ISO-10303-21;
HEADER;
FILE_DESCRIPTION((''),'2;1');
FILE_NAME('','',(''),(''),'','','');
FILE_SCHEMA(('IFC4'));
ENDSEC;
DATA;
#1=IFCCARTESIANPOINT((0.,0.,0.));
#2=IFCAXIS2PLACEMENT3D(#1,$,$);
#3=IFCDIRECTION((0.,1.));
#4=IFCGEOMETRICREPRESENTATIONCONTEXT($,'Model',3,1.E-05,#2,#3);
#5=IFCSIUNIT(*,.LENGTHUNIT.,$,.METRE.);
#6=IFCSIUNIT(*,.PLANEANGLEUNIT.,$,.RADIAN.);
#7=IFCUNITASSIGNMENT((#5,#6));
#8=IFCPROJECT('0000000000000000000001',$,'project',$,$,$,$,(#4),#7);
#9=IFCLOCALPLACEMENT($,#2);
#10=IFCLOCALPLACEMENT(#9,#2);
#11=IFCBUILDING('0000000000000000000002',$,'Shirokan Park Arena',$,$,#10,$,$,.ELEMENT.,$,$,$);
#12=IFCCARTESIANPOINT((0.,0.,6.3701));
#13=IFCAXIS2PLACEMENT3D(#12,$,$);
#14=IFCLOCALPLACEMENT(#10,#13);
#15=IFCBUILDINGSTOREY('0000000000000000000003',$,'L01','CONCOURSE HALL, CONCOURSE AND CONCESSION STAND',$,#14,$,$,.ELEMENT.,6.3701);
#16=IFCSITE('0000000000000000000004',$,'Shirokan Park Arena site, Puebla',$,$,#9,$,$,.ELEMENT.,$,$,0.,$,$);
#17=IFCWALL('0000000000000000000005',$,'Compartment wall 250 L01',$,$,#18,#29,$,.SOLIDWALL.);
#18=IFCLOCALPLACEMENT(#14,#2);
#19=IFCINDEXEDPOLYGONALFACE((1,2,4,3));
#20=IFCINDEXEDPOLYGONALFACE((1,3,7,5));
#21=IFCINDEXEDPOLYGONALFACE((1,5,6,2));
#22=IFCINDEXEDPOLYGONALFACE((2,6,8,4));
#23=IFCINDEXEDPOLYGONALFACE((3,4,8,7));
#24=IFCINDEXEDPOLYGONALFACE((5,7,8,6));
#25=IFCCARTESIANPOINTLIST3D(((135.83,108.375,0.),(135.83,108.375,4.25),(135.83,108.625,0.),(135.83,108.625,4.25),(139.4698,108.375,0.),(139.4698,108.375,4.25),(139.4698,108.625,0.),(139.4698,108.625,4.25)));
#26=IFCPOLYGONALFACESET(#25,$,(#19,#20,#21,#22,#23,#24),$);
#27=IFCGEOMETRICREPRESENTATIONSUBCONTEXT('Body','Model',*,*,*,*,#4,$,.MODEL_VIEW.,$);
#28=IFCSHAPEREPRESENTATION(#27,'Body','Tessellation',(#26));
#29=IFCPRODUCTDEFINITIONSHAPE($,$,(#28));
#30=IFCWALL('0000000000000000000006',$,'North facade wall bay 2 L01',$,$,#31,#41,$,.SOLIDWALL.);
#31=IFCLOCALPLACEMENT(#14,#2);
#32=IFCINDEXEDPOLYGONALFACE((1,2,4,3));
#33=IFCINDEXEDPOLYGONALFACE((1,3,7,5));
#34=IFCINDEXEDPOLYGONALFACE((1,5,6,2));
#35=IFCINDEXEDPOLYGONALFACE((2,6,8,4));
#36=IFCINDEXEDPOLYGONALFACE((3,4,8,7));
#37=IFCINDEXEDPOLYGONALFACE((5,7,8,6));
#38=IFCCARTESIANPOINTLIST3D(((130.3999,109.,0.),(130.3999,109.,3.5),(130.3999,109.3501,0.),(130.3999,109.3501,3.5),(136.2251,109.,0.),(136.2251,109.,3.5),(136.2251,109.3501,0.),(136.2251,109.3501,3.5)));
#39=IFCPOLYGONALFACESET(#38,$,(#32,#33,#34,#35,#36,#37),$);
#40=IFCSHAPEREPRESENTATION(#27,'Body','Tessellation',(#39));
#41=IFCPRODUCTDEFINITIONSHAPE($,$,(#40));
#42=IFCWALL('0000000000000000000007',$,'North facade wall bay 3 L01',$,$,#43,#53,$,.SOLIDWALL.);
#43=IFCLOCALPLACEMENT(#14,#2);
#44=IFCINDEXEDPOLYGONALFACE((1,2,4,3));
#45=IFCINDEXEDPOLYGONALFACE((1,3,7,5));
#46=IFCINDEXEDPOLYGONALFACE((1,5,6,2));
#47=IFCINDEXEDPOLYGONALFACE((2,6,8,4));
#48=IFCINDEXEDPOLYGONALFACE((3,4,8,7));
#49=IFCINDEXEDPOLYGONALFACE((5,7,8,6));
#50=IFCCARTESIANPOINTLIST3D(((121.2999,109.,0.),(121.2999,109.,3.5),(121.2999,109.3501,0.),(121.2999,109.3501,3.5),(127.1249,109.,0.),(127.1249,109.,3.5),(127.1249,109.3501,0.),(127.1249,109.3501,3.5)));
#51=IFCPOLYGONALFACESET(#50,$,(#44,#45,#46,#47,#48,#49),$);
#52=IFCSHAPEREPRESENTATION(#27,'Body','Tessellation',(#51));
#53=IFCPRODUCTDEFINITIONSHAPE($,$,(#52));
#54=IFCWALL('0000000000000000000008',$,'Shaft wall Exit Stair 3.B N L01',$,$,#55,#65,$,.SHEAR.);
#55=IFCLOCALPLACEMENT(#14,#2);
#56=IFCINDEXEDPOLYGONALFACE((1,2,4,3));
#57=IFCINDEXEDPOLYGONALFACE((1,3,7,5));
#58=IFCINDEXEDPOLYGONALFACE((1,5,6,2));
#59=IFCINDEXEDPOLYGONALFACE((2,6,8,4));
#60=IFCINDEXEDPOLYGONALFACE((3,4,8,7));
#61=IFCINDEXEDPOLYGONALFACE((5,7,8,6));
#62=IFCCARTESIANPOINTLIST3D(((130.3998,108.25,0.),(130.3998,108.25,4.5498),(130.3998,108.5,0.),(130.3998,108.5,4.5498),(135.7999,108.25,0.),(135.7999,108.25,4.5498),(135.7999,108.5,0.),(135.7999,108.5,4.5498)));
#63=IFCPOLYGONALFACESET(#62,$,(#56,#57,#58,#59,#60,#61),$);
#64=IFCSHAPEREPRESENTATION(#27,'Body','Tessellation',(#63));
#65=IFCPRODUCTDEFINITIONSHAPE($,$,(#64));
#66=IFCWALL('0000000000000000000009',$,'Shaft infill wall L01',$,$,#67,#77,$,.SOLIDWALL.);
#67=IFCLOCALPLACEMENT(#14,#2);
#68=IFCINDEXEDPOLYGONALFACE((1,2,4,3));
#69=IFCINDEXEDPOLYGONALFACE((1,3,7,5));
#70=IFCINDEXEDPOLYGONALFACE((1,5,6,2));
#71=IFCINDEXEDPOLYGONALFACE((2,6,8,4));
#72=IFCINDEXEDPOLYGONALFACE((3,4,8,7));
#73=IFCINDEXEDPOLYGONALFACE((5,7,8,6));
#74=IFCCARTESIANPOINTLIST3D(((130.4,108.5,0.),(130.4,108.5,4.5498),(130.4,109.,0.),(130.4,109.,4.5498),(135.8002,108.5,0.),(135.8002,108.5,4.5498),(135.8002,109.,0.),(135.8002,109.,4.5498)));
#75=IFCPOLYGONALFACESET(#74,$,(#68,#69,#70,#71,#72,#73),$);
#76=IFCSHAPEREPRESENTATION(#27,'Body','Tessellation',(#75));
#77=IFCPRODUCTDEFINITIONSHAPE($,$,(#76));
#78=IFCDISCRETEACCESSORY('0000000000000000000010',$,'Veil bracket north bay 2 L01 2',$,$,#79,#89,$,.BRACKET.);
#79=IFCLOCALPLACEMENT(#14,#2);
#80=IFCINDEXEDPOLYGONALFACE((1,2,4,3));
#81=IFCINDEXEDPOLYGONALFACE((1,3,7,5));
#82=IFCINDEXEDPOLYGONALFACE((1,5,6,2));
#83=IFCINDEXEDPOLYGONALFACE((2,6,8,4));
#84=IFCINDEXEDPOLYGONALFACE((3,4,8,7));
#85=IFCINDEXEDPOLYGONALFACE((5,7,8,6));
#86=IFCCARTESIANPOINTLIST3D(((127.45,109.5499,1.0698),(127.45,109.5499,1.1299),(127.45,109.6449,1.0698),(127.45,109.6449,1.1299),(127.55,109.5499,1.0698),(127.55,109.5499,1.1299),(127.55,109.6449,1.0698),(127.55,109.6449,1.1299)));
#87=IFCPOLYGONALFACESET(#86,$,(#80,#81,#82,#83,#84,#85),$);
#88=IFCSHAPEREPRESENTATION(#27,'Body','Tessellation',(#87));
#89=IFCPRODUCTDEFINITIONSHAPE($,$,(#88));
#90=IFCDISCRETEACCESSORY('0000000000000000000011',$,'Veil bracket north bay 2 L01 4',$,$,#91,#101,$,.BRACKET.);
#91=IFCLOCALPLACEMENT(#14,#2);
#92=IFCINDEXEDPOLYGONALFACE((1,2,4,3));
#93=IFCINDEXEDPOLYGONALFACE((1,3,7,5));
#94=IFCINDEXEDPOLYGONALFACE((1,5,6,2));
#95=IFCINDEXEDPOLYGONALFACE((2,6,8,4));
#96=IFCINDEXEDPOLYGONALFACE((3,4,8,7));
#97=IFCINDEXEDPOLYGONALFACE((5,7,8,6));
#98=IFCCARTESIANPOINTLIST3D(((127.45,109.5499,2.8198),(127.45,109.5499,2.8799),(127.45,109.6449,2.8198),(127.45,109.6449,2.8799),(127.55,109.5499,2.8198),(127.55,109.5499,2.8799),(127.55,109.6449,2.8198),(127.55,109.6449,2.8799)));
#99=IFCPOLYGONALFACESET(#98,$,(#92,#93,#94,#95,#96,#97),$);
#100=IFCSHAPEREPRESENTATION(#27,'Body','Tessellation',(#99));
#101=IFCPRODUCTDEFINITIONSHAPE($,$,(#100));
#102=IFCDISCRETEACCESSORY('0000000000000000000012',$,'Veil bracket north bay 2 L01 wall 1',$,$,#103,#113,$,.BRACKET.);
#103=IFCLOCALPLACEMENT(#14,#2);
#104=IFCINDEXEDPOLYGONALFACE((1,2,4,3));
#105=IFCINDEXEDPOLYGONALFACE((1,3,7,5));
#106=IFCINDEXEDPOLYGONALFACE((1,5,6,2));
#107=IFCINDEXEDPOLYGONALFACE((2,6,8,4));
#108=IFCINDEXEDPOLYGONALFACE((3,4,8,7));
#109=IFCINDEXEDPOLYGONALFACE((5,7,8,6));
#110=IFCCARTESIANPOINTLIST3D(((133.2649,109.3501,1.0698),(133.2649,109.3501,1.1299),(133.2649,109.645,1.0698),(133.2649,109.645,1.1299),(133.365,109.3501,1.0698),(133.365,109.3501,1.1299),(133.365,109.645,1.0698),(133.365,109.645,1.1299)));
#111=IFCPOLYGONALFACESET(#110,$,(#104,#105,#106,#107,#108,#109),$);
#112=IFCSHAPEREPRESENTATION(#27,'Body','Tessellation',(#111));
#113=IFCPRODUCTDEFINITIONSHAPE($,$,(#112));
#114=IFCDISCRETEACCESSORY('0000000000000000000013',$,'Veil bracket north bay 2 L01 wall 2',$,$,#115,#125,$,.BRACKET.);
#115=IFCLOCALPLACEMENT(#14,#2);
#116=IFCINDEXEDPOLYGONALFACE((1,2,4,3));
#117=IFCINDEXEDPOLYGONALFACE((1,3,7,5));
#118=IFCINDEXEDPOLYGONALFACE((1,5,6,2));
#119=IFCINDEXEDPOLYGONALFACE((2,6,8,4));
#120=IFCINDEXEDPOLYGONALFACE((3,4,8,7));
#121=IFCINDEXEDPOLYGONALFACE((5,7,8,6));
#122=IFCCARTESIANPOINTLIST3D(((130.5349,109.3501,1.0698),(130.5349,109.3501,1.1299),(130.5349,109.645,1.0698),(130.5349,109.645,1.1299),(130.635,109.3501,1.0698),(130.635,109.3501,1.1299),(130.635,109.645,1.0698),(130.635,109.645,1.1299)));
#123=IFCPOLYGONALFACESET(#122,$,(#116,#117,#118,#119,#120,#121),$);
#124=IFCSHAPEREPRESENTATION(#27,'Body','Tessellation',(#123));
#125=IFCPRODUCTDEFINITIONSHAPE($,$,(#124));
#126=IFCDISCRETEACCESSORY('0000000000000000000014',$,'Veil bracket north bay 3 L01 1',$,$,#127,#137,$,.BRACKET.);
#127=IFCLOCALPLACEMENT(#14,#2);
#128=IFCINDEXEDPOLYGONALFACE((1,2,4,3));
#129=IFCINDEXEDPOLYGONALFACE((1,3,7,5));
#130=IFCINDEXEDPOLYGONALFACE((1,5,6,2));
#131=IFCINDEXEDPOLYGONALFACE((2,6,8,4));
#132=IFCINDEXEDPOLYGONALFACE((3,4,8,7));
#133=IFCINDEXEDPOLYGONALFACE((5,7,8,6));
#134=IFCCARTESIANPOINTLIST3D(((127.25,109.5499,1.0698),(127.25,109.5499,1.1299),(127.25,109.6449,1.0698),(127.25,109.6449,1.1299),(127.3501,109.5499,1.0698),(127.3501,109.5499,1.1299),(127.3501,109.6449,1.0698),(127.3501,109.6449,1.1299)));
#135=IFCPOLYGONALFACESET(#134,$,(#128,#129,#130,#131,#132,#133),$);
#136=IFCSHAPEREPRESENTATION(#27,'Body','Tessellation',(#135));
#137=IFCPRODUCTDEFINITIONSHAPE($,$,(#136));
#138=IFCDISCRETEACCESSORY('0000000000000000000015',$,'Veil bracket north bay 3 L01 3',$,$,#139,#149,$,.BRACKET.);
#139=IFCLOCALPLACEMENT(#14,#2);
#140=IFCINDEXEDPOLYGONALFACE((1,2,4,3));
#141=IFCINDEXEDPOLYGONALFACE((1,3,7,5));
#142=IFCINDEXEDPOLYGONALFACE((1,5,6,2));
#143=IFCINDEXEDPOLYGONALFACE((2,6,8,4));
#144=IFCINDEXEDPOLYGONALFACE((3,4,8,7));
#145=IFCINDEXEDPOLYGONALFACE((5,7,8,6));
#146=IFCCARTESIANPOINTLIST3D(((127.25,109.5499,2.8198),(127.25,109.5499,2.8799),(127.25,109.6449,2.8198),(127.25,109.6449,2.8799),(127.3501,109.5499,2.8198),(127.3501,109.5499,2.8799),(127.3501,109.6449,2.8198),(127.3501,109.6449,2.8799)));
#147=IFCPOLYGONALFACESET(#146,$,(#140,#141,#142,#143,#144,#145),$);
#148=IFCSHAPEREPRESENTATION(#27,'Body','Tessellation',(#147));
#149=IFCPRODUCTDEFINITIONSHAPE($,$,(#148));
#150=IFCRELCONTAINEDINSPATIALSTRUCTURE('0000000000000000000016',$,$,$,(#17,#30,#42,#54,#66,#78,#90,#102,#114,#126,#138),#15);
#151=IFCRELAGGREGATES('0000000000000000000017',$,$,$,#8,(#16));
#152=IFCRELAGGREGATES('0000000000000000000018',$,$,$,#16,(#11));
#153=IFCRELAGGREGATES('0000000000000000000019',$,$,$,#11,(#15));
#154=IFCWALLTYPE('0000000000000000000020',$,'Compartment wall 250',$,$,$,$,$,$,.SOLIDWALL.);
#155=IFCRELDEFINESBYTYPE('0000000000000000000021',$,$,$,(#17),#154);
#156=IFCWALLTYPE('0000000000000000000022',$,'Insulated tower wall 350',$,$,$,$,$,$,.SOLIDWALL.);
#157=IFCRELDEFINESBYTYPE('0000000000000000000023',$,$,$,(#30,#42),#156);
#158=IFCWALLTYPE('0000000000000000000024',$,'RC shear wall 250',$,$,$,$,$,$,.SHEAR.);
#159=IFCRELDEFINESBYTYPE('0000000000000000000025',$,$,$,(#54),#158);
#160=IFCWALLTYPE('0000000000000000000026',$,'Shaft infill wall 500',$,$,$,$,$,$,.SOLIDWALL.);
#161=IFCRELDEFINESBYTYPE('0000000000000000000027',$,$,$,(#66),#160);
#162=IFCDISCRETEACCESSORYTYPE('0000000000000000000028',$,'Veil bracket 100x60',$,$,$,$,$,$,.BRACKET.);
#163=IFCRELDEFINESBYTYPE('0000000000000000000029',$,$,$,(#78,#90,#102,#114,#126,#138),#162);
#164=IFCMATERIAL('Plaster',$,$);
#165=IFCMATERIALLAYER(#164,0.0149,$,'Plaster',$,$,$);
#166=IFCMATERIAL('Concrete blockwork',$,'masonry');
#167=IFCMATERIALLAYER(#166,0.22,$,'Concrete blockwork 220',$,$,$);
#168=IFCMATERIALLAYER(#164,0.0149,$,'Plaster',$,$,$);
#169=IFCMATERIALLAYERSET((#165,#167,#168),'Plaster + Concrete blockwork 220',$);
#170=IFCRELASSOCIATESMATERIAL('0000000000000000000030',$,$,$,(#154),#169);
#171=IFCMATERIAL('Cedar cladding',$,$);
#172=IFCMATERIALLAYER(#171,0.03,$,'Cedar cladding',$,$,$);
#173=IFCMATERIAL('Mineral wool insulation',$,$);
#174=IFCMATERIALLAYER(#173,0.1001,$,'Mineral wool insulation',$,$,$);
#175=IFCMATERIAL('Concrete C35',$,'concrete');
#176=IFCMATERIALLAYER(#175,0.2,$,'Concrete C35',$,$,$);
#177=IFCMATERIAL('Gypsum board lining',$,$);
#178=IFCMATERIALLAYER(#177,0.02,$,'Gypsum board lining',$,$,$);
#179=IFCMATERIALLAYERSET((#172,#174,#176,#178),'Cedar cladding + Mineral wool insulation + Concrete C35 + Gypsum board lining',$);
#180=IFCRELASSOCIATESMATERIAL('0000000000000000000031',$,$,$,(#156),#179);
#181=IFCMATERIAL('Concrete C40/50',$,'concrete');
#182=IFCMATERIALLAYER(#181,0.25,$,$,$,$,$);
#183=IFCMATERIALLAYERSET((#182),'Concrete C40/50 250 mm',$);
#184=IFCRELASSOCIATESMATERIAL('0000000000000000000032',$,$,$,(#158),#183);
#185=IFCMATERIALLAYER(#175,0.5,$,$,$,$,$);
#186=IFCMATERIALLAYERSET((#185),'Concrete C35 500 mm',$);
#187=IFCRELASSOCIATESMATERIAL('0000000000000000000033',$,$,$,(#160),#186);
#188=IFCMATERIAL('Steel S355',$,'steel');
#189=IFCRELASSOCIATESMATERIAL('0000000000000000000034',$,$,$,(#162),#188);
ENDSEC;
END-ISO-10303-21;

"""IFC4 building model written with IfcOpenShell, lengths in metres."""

from ifc_helpers import new_model, si_unit, direction, frame, frame_2d, origin, origin_2d, place, context, subcontext, project, spatial, rectangle, extrude, material, layer, layer_set, type_object, element, save


model = new_model("IFC4")

# Units and contexts
model_context = context("Model", 3, precision=1e-05, world=origin(), true_north=direction((0.0, 1.0)))
body_context = subcontext(model_context, "Body", "Model", "MODEL_VIEW")
ifc_project = project(units=[si_unit("LENGTHUNIT", "METRE"), si_unit("PLANEANGLEUNIT", "RADIAN")], contexts=[model_context])

# Site, building, storey
site_placement = place(None, origin())
site = spatial("IfcSite", under=ifc_project, at=site_placement, Name="Shirokan Park Arena site, Puebla", CompositionType="ELEMENT", RefElevation=0.0)
building_placement = place(site_placement, origin())
building = spatial("IfcBuilding", under=site, at=building_placement, Name="Shirokan Park Arena", CompositionType="ELEMENT")
storey_placement = place(building_placement, frame((0.0, 0.0, 6.3701)))
storey = spatial("IfcBuildingStorey", under=building, at=storey_placement, Name="L01", Description="CONCOURSE HALL, CONCOURSE AND CONCESSION STAND", CompositionType="ELEMENT", Elevation=6.3701)

# Shared definitions
ifc_material_1 = material(Name="Concrete C35", Category="concrete")

# Shared definitions
ifc_material_2 = material(Name="Steel S355", Category="steel")

# Shared definitions
ifc_material_3 = material(Name="Mineral wool insulation")

# Walls
ifc_material_4 = material(Name="Plaster")
ifc_layer_1 = layer(ifc_material_4, 0.0149, Name="Plaster")
ifc_material_5 = material(Name="Concrete blockwork", Category="masonry")
ifc_layer_2 = layer(ifc_material_5, 0.22, Name="Concrete blockwork 220")
ifc_layer_3 = layer(ifc_material_4, 0.0149, Name="Plaster")
ifc_layer_set_1 = layer_set([ifc_layer_1, ifc_layer_2, ifc_layer_3], Name="Plaster + Concrete blockwork 220")
wall_type_1 = type_object("IfcWallType", Name="Compartment wall 250", PredefinedType="SOLIDWALL", material=ifc_layer_set_1)
wall_1_placement = place(storey_placement, frame((135.8301, 108.5, 0.0), z_axis=(0.0, 0.0, 1.0), x_axis=(1.0, 0.0, 0.0)))
element("IfcWall", 1, at=wall_1_placement, inside=storey, type_object=wall_type_1, Name="Compartment wall 250 L01", PredefinedType="SOLIDWALL", context=body_context, shape_type="SweptSolid", body=[
    extrude(rectangle(XDim=3.6399, YDim=0.25, at=frame_2d((1.8198, 0.0))), origin(), (0.0, 0.0, 1.0), 4.25),
])
ifc_material_6 = material(Name="Cedar cladding")
ifc_layer_4 = layer(ifc_material_6, 0.03, Name="Cedar cladding")
ifc_layer_5 = layer(ifc_material_3, 0.1001, Name="Mineral wool insulation")
ifc_layer_6 = layer(ifc_material_1, 0.2, Name="Concrete C35")
ifc_material_7 = material(Name="Gypsum board lining")
ifc_layer_7 = layer(ifc_material_7, 0.02, Name="Gypsum board lining")
ifc_layer_set_2 = layer_set([ifc_layer_4, ifc_layer_5, ifc_layer_6, ifc_layer_7], Name="Cedar cladding + Mineral wool insulation + Concrete C35 + Gypsum board lining")
wall_type_2 = type_object("IfcWallType", Name="Insulated tower wall 350", PredefinedType="SOLIDWALL", material=ifc_layer_set_2)
wall_2_placement = place(storey_placement, frame((136.2251, 109.175, 0.0), z_axis=(0.0, 0.0, 1.0), x_axis=(-1.0, 0.0, 0.0)))
element("IfcWall", 2, at=wall_2_placement, inside=storey, type_object=wall_type_2, Name="North facade wall bay 2 L01", PredefinedType="SOLIDWALL", context=body_context, shape_type="SweptSolid", body=[
    extrude(rectangle(XDim=5.8252, YDim=0.3501, at=frame_2d((2.9126, 0.0))), origin(), (0.0, 0.0, 1.0), 3.5),
])
wall_3_placement = place(storey_placement, frame((127.125, 109.175, 0.0), z_axis=(0.0, 0.0, 1.0), x_axis=(-1.0, 0.0, 0.0)))
element("IfcWall", 3, at=wall_3_placement, inside=storey, type_object=wall_type_2, Name="North facade wall bay 3 L01", PredefinedType="SOLIDWALL", context=body_context, shape_type="SweptSolid", body=[
    extrude(rectangle(XDim=5.825, YDim=0.3501, at=frame_2d((2.9126, 0.0))), origin(), (0.0, 0.0, 1.0), 3.5),
])
ifc_material_8 = material(Name="Concrete C40/50", Category="concrete")
ifc_layer_8 = layer(ifc_material_8, 0.25)
ifc_layer_set_3 = layer_set([ifc_layer_8], Name="Concrete C40/50 250 mm")
wall_type_3 = type_object("IfcWallType", Name="RC shear wall 250", PredefinedType="SHEAR", material=ifc_layer_set_3)
wall_4_placement = place(storey_placement, frame((135.8, 108.375, 0.0), z_axis=(0.0, 0.0, 1.0), x_axis=(-1.0, 0.0, 0.0)))
element("IfcWall", 4, at=wall_4_placement, inside=storey, type_object=wall_type_3, Name="Shaft wall Exit Stair 3.B N L01", PredefinedType="SHEAR", context=body_context, shape_type="SweptSolid", body=[
    extrude(rectangle(XDim=5.4001, YDim=0.25, at=frame_2d((2.7002, 0.0))), origin(), (0.0, 0.0, 1.0), 4.5498),
])
ifc_layer_9 = layer(ifc_material_1, 0.5)
ifc_layer_set_4 = layer_set([ifc_layer_9], Name="Concrete C35 500 mm")
wall_type_4 = type_object("IfcWallType", Name="Shaft infill wall 500", PredefinedType="SOLIDWALL", material=ifc_layer_set_4)
wall_5_placement = place(storey_placement, frame((130.3999, 108.75, 0.0), z_axis=(0.0, 0.0, 1.0), x_axis=(1.0, 0.0, 0.0)))
element("IfcWall", 5, at=wall_5_placement, inside=storey, type_object=wall_type_4, Name="Shaft infill wall L01", PredefinedType="SOLIDWALL", context=body_context, shape_type="SweptSolid", body=[
    extrude(rectangle(XDim=5.4001, YDim=0.5, at=frame_2d((2.7002, 0.0))), origin(), (0.0, 0.0, 1.0), 4.5498),
])

# Discrete accessories
discrete_accessory_type = type_object("IfcDiscreteAccessoryType", Name="Veil bracket 100x60", PredefinedType="BRACKET", material=ifc_material_2)
for number, where, z_axis, x_axis, name in (
    (6, (127.5, 109.5974, 1.0698), (0.0, 0.0, 1.0), (-1.0, 0.0, 0.0), "Veil bracket north bay 2 L01 2"),
    (7, (127.5, 109.5974, 2.8198), (0.0, 0.0, 1.0), (-1.0, 0.0, 0.0), "Veil bracket north bay 2 L01 4"),
):
    element("IfcDiscreteAccessory", number, at=place(storey_placement, frame(where, z_axis=z_axis, x_axis=x_axis)), inside=storey, type_object=discrete_accessory_type, Name=name, PredefinedType="BRACKET", context=body_context, shape_type="SweptSolid", body=[
        extrude(rectangle(XDim=0.1001, YDim=0.095, at=origin_2d()), origin(), (0.0, 0.0, 1.0), 0.0601),
    ])
for number, where, z_axis, x_axis, name in (
    (8, (133.3149, 109.4976, 1.0698), (0.0, 0.0, 1.0), (-1.0, 0.0, 0.0), "Veil bracket north bay 2 L01 wall 1"),
    (9, (130.585, 109.4976, 1.0698), (0.0, 0.0, 1.0), (-1.0, 0.0, 0.0), "Veil bracket north bay 2 L01 wall 2"),
):
    element("IfcDiscreteAccessory", number, at=place(storey_placement, frame(where, z_axis=z_axis, x_axis=x_axis)), inside=storey, type_object=discrete_accessory_type, Name=name, PredefinedType="BRACKET", context=body_context, shape_type="SweptSolid", body=[
        extrude(rectangle(XDim=0.1001, YDim=0.2949, at=origin_2d()), origin(), (0.0, 0.0, 1.0), 0.0601),
    ])
for number, where, z_axis, x_axis, name in (
    (10, (127.3, 109.5974, 1.0698), (0.0, 0.0, 1.0), (-1.0, 0.0, 0.0), "Veil bracket north bay 3 L01 1"),
    (11, (127.3, 109.5974, 2.8198), (0.0, 0.0, 1.0), (-1.0, 0.0, 0.0), "Veil bracket north bay 3 L01 3"),
):
    element("IfcDiscreteAccessory", number, at=place(storey_placement, frame(where, z_axis=z_axis, x_axis=x_axis)), inside=storey, type_object=discrete_accessory_type, Name=name, PredefinedType="BRACKET", context=body_context, shape_type="SweptSolid", body=[
        extrude(rectangle(XDim=0.1001, YDim=0.095, at=origin_2d()), origin(), (0.0, 0.0, 1.0), 0.0601),
    ])

save(model, "model.ifc")
